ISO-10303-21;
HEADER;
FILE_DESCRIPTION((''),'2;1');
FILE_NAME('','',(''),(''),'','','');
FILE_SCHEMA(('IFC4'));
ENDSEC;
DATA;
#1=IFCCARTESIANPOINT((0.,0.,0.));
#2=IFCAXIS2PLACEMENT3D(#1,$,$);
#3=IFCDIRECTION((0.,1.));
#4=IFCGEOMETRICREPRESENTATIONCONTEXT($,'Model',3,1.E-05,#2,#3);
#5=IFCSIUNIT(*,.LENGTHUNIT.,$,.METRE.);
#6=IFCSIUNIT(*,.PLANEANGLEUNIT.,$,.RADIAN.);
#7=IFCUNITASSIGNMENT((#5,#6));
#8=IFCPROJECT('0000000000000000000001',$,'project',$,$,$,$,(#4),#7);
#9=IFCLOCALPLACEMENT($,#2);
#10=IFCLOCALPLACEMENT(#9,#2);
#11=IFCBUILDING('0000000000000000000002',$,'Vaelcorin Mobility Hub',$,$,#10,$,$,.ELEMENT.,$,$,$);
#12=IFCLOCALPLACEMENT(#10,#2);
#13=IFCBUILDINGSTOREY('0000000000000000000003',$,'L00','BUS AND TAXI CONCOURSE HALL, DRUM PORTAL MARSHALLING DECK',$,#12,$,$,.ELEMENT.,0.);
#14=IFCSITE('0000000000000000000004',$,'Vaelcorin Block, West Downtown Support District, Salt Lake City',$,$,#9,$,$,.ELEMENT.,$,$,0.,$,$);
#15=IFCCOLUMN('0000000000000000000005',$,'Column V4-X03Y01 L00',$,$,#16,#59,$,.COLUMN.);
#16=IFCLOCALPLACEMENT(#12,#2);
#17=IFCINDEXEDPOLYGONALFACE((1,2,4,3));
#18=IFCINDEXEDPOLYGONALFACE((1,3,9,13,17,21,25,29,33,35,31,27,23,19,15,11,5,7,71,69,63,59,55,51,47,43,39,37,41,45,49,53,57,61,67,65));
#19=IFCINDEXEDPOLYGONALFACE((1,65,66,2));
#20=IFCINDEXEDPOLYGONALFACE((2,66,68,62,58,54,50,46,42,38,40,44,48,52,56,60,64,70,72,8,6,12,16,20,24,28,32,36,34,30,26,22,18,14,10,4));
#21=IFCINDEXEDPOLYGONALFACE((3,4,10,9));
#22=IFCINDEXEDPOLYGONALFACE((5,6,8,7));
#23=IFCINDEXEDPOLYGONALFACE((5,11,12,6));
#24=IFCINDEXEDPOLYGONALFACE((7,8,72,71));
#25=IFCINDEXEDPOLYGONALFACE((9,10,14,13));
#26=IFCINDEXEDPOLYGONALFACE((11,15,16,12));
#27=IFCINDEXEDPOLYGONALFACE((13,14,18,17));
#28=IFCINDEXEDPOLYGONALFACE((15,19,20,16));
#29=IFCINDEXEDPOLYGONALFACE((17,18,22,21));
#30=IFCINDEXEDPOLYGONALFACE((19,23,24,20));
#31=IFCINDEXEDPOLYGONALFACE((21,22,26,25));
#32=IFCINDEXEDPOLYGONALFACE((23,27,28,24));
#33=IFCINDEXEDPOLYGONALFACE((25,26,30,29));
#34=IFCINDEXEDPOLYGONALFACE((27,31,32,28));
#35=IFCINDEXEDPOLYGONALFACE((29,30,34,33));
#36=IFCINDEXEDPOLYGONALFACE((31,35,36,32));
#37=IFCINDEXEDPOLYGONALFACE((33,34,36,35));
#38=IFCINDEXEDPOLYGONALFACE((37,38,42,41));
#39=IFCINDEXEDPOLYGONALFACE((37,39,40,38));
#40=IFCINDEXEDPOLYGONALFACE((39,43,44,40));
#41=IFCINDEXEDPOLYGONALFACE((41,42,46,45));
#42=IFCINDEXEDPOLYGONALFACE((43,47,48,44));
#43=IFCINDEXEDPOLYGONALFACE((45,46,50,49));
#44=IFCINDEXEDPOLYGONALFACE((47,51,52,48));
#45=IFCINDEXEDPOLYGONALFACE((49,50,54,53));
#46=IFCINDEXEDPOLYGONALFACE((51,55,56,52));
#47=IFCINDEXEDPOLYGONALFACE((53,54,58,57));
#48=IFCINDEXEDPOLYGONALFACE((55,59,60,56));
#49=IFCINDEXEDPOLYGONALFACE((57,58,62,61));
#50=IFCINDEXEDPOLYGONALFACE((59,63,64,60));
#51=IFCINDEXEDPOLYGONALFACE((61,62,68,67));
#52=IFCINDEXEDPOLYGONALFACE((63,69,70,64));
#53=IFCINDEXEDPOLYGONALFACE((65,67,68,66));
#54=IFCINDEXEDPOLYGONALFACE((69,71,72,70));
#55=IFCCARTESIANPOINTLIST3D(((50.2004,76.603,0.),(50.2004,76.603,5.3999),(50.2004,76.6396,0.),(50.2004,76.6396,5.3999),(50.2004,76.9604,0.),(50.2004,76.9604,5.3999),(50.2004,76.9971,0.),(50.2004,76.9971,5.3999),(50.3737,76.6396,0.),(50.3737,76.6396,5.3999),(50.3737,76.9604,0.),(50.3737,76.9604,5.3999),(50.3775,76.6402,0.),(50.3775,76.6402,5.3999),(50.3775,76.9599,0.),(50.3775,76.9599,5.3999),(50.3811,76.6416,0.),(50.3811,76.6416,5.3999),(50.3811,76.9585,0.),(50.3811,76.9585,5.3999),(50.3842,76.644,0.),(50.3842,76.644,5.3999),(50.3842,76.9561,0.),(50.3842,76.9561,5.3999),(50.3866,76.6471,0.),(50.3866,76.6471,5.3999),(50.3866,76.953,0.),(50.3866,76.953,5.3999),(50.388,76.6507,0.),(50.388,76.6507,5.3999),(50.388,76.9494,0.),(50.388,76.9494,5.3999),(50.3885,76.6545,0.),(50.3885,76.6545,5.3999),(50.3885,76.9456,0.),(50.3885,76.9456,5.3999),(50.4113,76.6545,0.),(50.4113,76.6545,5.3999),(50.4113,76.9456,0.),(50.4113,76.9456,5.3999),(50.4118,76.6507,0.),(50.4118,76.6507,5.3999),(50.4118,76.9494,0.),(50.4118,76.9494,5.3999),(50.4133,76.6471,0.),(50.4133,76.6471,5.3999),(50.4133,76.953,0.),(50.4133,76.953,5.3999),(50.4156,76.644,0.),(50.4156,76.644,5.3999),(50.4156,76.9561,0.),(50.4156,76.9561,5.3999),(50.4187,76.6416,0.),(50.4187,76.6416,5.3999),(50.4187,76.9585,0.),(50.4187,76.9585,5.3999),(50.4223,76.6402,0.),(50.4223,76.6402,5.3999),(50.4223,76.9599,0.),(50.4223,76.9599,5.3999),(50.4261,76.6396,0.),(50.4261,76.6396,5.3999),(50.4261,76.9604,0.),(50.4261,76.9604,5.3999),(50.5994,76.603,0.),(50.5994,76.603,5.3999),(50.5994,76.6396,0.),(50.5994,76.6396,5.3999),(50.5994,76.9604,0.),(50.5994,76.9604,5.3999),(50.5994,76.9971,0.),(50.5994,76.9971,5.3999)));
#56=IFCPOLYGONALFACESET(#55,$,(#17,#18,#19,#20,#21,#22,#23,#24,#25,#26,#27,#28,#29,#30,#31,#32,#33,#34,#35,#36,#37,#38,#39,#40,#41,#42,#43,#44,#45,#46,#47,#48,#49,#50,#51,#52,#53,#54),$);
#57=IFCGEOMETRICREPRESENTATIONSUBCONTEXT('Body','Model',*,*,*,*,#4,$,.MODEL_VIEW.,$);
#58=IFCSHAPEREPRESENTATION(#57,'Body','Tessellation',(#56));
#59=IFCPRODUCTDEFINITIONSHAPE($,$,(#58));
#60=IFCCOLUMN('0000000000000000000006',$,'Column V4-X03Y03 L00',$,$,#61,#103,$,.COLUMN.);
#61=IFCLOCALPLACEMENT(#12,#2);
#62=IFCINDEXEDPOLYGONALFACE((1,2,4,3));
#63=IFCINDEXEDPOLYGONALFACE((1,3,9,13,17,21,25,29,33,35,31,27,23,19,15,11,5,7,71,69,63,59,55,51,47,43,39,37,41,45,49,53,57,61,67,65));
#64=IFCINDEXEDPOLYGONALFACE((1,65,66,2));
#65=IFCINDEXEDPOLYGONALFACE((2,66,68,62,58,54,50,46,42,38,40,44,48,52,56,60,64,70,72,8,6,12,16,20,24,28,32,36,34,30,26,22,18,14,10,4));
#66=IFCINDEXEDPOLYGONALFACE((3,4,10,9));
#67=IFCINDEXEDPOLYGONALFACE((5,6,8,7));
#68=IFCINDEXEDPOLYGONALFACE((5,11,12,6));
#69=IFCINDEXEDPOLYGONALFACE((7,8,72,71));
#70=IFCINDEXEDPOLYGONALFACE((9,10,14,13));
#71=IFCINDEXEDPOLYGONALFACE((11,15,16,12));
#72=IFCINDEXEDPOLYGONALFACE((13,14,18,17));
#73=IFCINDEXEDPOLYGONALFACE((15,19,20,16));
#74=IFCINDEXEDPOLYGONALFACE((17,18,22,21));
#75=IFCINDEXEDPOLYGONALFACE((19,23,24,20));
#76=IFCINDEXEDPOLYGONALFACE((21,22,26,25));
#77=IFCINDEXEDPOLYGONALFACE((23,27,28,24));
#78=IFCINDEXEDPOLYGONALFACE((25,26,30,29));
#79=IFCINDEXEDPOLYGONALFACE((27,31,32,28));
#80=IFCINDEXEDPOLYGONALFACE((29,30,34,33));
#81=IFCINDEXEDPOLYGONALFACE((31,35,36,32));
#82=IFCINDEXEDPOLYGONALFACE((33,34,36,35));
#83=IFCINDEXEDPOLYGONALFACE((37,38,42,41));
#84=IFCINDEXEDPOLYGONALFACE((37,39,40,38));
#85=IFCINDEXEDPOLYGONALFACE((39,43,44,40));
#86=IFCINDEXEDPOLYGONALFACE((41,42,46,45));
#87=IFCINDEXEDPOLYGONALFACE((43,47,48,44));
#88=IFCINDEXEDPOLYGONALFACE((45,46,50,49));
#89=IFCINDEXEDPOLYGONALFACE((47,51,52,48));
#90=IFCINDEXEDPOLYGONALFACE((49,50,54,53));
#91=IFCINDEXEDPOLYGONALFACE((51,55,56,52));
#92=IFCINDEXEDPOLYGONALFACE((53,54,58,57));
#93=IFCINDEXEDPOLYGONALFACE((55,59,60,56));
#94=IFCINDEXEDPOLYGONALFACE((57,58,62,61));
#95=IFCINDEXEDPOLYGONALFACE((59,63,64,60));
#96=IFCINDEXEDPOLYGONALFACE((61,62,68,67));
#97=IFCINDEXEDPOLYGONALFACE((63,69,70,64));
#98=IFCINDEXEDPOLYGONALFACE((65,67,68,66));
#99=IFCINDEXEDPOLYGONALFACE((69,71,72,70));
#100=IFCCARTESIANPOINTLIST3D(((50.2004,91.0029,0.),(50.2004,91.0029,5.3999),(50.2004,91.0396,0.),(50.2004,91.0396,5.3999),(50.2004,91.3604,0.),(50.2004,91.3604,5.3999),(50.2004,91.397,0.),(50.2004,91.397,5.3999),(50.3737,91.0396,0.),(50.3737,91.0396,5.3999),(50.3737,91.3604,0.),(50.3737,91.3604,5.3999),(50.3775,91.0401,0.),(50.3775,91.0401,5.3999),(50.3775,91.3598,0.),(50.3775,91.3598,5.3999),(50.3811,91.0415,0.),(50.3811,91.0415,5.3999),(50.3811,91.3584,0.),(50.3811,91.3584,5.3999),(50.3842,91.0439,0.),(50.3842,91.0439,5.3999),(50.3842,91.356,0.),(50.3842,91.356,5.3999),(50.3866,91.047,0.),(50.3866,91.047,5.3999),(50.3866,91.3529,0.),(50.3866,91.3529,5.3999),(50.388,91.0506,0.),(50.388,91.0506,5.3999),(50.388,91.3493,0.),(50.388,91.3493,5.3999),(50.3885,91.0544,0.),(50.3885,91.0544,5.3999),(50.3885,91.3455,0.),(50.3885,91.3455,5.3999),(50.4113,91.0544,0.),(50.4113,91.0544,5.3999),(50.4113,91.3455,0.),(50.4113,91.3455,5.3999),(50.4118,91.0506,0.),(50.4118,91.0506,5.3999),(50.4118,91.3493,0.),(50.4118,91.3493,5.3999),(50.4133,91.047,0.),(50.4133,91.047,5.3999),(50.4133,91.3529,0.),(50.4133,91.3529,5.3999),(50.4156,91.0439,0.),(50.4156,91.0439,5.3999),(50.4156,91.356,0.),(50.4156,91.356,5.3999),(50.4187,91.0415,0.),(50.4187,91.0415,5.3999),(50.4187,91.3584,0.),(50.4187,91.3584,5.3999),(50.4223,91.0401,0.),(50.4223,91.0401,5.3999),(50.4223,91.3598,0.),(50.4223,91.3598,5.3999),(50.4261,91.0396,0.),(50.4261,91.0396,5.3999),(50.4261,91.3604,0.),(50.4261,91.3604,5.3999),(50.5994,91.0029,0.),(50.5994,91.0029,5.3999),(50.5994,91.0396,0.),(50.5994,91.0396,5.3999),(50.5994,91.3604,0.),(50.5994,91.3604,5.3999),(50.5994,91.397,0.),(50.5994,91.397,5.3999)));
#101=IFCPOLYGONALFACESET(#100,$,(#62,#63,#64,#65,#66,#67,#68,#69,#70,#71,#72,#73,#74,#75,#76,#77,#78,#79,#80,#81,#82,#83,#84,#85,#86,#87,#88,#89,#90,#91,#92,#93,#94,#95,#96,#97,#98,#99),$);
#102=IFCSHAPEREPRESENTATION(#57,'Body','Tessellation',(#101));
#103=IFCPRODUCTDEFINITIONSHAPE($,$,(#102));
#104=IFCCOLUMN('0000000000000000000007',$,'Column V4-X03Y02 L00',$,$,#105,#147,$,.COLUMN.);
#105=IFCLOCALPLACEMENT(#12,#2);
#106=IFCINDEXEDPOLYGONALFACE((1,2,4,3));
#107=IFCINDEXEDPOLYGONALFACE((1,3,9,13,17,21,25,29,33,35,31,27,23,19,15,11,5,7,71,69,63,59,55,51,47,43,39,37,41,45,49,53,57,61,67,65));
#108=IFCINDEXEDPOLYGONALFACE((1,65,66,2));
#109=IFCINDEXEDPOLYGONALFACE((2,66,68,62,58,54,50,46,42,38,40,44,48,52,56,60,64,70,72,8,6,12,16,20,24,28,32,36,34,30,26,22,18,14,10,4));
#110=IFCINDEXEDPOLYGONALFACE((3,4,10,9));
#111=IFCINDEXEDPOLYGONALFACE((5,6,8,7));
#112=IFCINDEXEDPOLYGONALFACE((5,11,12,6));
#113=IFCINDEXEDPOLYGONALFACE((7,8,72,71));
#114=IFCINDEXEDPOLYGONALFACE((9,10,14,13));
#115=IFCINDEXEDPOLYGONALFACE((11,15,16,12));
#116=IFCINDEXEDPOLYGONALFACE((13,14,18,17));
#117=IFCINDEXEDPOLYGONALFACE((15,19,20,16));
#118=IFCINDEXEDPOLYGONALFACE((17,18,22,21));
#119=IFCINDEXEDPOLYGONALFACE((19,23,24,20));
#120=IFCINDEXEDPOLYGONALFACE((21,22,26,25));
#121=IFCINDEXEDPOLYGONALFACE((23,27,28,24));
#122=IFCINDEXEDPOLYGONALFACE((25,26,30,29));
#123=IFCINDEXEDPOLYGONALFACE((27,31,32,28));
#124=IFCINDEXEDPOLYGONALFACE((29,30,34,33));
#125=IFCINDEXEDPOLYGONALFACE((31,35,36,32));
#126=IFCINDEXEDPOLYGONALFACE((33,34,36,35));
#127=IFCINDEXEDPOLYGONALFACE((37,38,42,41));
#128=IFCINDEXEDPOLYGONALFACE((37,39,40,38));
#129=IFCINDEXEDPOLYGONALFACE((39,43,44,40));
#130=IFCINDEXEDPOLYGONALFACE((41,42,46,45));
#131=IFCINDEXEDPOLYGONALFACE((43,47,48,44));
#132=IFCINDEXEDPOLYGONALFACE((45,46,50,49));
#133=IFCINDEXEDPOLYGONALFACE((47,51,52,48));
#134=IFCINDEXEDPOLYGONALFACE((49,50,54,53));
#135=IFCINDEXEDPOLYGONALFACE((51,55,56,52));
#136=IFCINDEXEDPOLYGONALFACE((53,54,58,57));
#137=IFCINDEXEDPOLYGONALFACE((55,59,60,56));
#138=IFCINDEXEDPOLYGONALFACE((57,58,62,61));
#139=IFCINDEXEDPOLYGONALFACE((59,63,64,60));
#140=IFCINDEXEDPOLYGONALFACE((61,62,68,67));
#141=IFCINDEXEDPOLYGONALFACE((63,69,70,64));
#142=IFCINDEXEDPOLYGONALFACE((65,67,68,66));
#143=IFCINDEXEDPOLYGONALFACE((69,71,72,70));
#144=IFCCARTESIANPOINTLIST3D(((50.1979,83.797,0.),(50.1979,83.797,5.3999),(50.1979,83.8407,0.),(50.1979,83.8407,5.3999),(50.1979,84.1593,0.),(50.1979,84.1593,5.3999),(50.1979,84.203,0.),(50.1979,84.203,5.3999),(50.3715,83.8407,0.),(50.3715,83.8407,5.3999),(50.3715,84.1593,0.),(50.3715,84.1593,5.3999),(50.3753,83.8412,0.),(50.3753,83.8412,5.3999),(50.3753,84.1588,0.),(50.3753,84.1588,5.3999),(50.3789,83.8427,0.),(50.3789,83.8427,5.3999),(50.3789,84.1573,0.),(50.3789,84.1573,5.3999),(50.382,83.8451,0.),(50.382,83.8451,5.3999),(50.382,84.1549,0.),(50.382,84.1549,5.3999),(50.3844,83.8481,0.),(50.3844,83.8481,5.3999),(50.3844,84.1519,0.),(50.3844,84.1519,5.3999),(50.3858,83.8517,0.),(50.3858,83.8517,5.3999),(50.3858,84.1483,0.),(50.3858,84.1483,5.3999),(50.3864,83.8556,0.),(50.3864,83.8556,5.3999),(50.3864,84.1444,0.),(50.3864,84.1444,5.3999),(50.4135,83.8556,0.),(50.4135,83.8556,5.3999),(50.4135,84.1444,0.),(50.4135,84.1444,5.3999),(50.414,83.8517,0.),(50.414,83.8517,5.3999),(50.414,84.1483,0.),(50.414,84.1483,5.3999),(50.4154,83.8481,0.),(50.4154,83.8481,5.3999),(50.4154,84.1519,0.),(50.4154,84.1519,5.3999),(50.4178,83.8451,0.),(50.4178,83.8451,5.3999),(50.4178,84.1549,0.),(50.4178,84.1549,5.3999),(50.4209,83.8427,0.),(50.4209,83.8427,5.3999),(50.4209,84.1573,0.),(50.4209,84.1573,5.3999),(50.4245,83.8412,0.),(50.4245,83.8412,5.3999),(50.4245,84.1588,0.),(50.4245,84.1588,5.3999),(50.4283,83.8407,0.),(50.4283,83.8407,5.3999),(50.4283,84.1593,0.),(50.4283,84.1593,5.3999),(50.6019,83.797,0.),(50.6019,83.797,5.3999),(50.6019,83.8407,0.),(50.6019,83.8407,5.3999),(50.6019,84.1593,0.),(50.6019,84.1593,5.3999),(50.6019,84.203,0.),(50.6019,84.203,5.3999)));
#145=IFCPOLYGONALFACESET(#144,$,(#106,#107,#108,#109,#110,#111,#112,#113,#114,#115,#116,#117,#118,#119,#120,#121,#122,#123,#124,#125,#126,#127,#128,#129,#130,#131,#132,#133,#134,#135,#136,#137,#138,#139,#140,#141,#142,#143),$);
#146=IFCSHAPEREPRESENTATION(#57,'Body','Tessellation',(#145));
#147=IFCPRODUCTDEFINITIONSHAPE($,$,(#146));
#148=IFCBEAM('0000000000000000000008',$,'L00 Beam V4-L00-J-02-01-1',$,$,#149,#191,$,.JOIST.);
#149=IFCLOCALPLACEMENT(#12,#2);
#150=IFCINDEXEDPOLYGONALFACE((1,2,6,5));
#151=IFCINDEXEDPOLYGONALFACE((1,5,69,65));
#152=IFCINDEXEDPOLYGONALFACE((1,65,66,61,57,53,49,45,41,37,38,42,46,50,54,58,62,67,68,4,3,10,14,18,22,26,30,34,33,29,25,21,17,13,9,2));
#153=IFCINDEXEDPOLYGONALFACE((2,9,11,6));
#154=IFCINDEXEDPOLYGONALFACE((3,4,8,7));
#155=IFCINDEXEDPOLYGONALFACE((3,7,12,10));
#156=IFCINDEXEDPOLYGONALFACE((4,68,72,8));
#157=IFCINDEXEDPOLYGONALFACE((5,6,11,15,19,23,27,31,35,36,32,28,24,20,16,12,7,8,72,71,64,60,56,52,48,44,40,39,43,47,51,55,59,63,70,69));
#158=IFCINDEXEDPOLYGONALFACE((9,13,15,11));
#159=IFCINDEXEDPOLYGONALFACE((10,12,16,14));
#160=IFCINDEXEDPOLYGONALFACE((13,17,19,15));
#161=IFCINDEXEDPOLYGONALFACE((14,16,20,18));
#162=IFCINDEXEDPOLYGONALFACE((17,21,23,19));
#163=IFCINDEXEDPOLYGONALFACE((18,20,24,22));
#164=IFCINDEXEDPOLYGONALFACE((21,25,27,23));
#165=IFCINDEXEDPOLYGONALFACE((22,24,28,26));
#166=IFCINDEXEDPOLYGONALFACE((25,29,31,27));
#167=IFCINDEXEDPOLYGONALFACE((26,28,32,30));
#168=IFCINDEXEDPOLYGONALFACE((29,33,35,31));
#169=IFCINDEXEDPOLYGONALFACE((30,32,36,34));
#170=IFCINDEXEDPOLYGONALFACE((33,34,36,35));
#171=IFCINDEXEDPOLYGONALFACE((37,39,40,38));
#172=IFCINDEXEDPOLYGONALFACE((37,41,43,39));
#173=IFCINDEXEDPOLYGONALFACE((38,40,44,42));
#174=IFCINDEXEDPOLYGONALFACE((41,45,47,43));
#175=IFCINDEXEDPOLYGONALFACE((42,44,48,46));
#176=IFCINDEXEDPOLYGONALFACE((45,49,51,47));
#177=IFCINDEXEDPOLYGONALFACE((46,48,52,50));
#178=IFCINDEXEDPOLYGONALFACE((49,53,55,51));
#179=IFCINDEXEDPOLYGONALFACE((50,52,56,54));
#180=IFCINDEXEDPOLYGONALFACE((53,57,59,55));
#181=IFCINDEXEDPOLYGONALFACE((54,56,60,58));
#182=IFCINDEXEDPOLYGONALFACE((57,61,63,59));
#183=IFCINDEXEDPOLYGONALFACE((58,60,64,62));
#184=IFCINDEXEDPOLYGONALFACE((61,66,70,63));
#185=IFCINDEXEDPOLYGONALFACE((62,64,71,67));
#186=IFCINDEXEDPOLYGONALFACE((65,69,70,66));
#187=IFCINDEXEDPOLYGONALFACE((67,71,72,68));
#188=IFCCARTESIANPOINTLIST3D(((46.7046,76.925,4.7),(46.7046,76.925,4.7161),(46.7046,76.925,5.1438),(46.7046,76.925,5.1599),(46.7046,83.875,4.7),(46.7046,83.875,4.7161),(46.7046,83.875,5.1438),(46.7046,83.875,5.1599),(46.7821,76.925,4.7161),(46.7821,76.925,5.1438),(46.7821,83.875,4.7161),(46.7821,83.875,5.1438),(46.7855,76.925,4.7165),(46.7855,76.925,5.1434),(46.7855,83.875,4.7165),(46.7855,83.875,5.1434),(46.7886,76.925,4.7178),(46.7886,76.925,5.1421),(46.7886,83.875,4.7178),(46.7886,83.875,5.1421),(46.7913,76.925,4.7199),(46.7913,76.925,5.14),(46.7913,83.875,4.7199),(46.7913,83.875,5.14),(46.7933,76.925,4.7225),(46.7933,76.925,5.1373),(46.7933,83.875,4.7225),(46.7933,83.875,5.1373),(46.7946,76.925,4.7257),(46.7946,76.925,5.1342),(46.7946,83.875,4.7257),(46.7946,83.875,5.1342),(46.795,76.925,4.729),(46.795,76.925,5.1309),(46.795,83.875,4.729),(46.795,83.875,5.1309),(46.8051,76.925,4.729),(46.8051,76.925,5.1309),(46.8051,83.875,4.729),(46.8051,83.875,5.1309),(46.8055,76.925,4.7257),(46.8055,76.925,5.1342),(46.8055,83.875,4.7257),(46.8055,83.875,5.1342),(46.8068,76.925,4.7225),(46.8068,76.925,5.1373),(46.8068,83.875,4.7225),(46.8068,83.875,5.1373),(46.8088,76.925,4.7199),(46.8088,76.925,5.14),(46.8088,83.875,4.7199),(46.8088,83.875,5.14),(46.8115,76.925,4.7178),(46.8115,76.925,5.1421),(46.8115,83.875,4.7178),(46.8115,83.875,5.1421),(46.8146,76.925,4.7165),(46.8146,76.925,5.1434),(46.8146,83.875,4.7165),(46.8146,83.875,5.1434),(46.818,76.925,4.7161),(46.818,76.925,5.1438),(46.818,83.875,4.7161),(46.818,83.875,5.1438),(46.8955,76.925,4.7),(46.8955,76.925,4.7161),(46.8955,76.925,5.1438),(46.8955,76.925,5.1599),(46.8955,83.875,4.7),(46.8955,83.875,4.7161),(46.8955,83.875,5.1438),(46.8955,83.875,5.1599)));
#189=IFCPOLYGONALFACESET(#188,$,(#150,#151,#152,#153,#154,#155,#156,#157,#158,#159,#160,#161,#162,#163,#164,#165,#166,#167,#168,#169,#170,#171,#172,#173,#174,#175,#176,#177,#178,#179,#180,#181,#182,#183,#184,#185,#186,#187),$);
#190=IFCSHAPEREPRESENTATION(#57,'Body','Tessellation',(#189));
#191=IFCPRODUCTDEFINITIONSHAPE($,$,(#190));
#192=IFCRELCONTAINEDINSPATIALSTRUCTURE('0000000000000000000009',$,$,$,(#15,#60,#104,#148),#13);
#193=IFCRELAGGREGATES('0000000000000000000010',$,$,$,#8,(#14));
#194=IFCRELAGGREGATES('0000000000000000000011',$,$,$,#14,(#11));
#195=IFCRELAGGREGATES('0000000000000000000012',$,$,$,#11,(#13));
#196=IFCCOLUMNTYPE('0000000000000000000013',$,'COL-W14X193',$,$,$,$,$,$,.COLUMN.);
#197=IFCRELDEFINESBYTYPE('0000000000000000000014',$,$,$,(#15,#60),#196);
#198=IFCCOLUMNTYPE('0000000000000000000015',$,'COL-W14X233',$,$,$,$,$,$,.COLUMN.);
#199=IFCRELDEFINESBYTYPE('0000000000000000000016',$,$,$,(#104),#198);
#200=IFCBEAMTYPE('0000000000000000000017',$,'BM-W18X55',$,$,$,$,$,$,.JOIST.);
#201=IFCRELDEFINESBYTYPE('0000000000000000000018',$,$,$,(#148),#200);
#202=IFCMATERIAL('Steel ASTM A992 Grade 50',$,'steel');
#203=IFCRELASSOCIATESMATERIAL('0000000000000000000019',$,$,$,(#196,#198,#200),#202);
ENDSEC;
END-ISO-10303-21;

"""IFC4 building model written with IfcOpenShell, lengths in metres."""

from ifc_helpers import new_model, si_unit, direction, frame, origin, origin_2d, place, context, subcontext, project, spatial, i_section, extrude, material, material_profile, profile_set, type_object, element, save


model = new_model("IFC4")

# Units and contexts
model_context = context("Model", 3, precision=1e-05, world=origin(), true_north=direction((0.0, 1.0)))
body_context = subcontext(model_context, "Body", "Model", "MODEL_VIEW")
ifc_project = project(units=[si_unit("LENGTHUNIT", "METRE"), si_unit("PLANEANGLEUNIT", "RADIAN")], contexts=[model_context])

# Site, building, storey
site_placement = place(None, origin())
site = spatial("IfcSite", under=ifc_project, at=site_placement, Name="Vaelcorin Block, West Downtown Support District, Salt Lake City", CompositionType="ELEMENT", RefElevation=0.0)
building_placement = place(site_placement, origin())
building = spatial("IfcBuilding", under=site, at=building_placement, Name="Vaelcorin Mobility Hub", CompositionType="ELEMENT")
storey_placement = place(building_placement, origin())
storey = spatial("IfcBuildingStorey", under=building, at=storey_placement, Name="L00", Description="BUS AND TAXI CONCOURSE HALL, DRUM PORTAL MARSHALLING DECK", CompositionType="ELEMENT", Elevation=0.0)

# Columns
ifc_material_1 = material(Name="Steel ASTM A992 Grade 50", Category="steel")
ifc_material_profile_1 = material_profile(ifc_material_1, i_section(OverallWidth=0.3989, OverallDepth=0.394, WebThickness=0.0227, FlangeThickness=0.0366, FilletRadius=0.0149, at=origin_2d()), Name="W14X193")
ifc_profile_set_1 = profile_set([ifc_material_profile_1], Name="Steel ASTM A992 Grade 50")
column_type_1 = type_object("IfcColumnType", Name="COL-W14X193", PredefinedType="COLUMN", material=ifc_profile_set_1)
for number, where, z_axis, x_axis, name in (
    (1, (50.3999, 76.8, 0.0), (0.0, 0.0, 1.0), (1.0, 0.0, 0.0), "Column V4-X03Y01 L00"),
    (2, (50.3999, 91.2, 0.0), (0.0, 0.0, 1.0), (1.0, 0.0, 0.0), "Column V4-X03Y03 L00"),
):
    element("IfcColumn", number, at=place(storey_placement, frame(where, z_axis=z_axis, x_axis=x_axis)), inside=storey, type_object=column_type_1, Name=name, PredefinedType="COLUMN", context=body_context, shape_type="SweptSolid", body=[
        extrude(i_section(OverallWidth=0.3989, OverallDepth=0.394, WebThickness=0.0227, FlangeThickness=0.0366, FilletRadius=0.0149, at=origin_2d()), origin(), (0.0, 0.0, 1.0), 5.3999),
    ])
ifc_material_profile_2 = material_profile(ifc_material_1, i_section(OverallWidth=0.4041, OverallDepth=0.406, WebThickness=0.0271, FlangeThickness=0.0437, FilletRadius=0.0149, at=origin_2d()), Name="W14X233")
ifc_profile_set_2 = profile_set([ifc_material_profile_2], Name="Steel ASTM A992 Grade 50")
column_type_2 = type_object("IfcColumnType", Name="COL-W14X233", PredefinedType="COLUMN", material=ifc_profile_set_2)
column_placement = place(storey_placement, frame((50.3999, 84.0, 0.0), z_axis=(0.0, 0.0, 1.0), x_axis=(1.0, 0.0, 0.0)))
element("IfcColumn", 3, at=column_placement, inside=storey, type_object=column_type_2, Name="Column V4-X03Y02 L00", PredefinedType="COLUMN", context=body_context, shape_type="SweptSolid", body=[
    extrude(i_section(OverallWidth=0.4041, OverallDepth=0.406, WebThickness=0.0271, FlangeThickness=0.0437, FilletRadius=0.0149, at=origin_2d()), origin(), (0.0, 0.0, 1.0), 5.3999),
])

# Beam
ifc_material_profile_3 = material_profile(ifc_material_1, i_section(OverallWidth=0.1909, OverallDepth=0.46, WebThickness=0.01, FlangeThickness=0.0161, FilletRadius=0.0129, at=origin_2d()), Name="W18X55")
ifc_profile_set_3 = profile_set([ifc_material_profile_3], Name="Steel ASTM A992 Grade 50")
beam_type_1 = type_object("IfcBeamType", Name="BM-W18X55", PredefinedType="JOIST", material=ifc_profile_set_3)
for number, where, z_axis, x_axis, name in (
    (4, (46.8, 76.925, 4.9299), (0.0, 1.0, 0.0), (-1.0, 0.0, 0.0), "L00 Beam V4-L00-J-02-01-1"),
):
    element("IfcBeam", number, at=place(storey_placement, frame(where, z_axis=z_axis, x_axis=x_axis)), inside=storey, type_object=beam_type_1, Name=name, PredefinedType="JOIST", context=body_context, shape_type="SweptSolid", body=[
        extrude(i_section(OverallWidth=0.1909, OverallDepth=0.46, WebThickness=0.01, FlangeThickness=0.0161, FilletRadius=0.0129, at=origin_2d()), origin(), (0.0, 0.0, 1.0), 6.95),
    ])

save(model, "model.ifc")
